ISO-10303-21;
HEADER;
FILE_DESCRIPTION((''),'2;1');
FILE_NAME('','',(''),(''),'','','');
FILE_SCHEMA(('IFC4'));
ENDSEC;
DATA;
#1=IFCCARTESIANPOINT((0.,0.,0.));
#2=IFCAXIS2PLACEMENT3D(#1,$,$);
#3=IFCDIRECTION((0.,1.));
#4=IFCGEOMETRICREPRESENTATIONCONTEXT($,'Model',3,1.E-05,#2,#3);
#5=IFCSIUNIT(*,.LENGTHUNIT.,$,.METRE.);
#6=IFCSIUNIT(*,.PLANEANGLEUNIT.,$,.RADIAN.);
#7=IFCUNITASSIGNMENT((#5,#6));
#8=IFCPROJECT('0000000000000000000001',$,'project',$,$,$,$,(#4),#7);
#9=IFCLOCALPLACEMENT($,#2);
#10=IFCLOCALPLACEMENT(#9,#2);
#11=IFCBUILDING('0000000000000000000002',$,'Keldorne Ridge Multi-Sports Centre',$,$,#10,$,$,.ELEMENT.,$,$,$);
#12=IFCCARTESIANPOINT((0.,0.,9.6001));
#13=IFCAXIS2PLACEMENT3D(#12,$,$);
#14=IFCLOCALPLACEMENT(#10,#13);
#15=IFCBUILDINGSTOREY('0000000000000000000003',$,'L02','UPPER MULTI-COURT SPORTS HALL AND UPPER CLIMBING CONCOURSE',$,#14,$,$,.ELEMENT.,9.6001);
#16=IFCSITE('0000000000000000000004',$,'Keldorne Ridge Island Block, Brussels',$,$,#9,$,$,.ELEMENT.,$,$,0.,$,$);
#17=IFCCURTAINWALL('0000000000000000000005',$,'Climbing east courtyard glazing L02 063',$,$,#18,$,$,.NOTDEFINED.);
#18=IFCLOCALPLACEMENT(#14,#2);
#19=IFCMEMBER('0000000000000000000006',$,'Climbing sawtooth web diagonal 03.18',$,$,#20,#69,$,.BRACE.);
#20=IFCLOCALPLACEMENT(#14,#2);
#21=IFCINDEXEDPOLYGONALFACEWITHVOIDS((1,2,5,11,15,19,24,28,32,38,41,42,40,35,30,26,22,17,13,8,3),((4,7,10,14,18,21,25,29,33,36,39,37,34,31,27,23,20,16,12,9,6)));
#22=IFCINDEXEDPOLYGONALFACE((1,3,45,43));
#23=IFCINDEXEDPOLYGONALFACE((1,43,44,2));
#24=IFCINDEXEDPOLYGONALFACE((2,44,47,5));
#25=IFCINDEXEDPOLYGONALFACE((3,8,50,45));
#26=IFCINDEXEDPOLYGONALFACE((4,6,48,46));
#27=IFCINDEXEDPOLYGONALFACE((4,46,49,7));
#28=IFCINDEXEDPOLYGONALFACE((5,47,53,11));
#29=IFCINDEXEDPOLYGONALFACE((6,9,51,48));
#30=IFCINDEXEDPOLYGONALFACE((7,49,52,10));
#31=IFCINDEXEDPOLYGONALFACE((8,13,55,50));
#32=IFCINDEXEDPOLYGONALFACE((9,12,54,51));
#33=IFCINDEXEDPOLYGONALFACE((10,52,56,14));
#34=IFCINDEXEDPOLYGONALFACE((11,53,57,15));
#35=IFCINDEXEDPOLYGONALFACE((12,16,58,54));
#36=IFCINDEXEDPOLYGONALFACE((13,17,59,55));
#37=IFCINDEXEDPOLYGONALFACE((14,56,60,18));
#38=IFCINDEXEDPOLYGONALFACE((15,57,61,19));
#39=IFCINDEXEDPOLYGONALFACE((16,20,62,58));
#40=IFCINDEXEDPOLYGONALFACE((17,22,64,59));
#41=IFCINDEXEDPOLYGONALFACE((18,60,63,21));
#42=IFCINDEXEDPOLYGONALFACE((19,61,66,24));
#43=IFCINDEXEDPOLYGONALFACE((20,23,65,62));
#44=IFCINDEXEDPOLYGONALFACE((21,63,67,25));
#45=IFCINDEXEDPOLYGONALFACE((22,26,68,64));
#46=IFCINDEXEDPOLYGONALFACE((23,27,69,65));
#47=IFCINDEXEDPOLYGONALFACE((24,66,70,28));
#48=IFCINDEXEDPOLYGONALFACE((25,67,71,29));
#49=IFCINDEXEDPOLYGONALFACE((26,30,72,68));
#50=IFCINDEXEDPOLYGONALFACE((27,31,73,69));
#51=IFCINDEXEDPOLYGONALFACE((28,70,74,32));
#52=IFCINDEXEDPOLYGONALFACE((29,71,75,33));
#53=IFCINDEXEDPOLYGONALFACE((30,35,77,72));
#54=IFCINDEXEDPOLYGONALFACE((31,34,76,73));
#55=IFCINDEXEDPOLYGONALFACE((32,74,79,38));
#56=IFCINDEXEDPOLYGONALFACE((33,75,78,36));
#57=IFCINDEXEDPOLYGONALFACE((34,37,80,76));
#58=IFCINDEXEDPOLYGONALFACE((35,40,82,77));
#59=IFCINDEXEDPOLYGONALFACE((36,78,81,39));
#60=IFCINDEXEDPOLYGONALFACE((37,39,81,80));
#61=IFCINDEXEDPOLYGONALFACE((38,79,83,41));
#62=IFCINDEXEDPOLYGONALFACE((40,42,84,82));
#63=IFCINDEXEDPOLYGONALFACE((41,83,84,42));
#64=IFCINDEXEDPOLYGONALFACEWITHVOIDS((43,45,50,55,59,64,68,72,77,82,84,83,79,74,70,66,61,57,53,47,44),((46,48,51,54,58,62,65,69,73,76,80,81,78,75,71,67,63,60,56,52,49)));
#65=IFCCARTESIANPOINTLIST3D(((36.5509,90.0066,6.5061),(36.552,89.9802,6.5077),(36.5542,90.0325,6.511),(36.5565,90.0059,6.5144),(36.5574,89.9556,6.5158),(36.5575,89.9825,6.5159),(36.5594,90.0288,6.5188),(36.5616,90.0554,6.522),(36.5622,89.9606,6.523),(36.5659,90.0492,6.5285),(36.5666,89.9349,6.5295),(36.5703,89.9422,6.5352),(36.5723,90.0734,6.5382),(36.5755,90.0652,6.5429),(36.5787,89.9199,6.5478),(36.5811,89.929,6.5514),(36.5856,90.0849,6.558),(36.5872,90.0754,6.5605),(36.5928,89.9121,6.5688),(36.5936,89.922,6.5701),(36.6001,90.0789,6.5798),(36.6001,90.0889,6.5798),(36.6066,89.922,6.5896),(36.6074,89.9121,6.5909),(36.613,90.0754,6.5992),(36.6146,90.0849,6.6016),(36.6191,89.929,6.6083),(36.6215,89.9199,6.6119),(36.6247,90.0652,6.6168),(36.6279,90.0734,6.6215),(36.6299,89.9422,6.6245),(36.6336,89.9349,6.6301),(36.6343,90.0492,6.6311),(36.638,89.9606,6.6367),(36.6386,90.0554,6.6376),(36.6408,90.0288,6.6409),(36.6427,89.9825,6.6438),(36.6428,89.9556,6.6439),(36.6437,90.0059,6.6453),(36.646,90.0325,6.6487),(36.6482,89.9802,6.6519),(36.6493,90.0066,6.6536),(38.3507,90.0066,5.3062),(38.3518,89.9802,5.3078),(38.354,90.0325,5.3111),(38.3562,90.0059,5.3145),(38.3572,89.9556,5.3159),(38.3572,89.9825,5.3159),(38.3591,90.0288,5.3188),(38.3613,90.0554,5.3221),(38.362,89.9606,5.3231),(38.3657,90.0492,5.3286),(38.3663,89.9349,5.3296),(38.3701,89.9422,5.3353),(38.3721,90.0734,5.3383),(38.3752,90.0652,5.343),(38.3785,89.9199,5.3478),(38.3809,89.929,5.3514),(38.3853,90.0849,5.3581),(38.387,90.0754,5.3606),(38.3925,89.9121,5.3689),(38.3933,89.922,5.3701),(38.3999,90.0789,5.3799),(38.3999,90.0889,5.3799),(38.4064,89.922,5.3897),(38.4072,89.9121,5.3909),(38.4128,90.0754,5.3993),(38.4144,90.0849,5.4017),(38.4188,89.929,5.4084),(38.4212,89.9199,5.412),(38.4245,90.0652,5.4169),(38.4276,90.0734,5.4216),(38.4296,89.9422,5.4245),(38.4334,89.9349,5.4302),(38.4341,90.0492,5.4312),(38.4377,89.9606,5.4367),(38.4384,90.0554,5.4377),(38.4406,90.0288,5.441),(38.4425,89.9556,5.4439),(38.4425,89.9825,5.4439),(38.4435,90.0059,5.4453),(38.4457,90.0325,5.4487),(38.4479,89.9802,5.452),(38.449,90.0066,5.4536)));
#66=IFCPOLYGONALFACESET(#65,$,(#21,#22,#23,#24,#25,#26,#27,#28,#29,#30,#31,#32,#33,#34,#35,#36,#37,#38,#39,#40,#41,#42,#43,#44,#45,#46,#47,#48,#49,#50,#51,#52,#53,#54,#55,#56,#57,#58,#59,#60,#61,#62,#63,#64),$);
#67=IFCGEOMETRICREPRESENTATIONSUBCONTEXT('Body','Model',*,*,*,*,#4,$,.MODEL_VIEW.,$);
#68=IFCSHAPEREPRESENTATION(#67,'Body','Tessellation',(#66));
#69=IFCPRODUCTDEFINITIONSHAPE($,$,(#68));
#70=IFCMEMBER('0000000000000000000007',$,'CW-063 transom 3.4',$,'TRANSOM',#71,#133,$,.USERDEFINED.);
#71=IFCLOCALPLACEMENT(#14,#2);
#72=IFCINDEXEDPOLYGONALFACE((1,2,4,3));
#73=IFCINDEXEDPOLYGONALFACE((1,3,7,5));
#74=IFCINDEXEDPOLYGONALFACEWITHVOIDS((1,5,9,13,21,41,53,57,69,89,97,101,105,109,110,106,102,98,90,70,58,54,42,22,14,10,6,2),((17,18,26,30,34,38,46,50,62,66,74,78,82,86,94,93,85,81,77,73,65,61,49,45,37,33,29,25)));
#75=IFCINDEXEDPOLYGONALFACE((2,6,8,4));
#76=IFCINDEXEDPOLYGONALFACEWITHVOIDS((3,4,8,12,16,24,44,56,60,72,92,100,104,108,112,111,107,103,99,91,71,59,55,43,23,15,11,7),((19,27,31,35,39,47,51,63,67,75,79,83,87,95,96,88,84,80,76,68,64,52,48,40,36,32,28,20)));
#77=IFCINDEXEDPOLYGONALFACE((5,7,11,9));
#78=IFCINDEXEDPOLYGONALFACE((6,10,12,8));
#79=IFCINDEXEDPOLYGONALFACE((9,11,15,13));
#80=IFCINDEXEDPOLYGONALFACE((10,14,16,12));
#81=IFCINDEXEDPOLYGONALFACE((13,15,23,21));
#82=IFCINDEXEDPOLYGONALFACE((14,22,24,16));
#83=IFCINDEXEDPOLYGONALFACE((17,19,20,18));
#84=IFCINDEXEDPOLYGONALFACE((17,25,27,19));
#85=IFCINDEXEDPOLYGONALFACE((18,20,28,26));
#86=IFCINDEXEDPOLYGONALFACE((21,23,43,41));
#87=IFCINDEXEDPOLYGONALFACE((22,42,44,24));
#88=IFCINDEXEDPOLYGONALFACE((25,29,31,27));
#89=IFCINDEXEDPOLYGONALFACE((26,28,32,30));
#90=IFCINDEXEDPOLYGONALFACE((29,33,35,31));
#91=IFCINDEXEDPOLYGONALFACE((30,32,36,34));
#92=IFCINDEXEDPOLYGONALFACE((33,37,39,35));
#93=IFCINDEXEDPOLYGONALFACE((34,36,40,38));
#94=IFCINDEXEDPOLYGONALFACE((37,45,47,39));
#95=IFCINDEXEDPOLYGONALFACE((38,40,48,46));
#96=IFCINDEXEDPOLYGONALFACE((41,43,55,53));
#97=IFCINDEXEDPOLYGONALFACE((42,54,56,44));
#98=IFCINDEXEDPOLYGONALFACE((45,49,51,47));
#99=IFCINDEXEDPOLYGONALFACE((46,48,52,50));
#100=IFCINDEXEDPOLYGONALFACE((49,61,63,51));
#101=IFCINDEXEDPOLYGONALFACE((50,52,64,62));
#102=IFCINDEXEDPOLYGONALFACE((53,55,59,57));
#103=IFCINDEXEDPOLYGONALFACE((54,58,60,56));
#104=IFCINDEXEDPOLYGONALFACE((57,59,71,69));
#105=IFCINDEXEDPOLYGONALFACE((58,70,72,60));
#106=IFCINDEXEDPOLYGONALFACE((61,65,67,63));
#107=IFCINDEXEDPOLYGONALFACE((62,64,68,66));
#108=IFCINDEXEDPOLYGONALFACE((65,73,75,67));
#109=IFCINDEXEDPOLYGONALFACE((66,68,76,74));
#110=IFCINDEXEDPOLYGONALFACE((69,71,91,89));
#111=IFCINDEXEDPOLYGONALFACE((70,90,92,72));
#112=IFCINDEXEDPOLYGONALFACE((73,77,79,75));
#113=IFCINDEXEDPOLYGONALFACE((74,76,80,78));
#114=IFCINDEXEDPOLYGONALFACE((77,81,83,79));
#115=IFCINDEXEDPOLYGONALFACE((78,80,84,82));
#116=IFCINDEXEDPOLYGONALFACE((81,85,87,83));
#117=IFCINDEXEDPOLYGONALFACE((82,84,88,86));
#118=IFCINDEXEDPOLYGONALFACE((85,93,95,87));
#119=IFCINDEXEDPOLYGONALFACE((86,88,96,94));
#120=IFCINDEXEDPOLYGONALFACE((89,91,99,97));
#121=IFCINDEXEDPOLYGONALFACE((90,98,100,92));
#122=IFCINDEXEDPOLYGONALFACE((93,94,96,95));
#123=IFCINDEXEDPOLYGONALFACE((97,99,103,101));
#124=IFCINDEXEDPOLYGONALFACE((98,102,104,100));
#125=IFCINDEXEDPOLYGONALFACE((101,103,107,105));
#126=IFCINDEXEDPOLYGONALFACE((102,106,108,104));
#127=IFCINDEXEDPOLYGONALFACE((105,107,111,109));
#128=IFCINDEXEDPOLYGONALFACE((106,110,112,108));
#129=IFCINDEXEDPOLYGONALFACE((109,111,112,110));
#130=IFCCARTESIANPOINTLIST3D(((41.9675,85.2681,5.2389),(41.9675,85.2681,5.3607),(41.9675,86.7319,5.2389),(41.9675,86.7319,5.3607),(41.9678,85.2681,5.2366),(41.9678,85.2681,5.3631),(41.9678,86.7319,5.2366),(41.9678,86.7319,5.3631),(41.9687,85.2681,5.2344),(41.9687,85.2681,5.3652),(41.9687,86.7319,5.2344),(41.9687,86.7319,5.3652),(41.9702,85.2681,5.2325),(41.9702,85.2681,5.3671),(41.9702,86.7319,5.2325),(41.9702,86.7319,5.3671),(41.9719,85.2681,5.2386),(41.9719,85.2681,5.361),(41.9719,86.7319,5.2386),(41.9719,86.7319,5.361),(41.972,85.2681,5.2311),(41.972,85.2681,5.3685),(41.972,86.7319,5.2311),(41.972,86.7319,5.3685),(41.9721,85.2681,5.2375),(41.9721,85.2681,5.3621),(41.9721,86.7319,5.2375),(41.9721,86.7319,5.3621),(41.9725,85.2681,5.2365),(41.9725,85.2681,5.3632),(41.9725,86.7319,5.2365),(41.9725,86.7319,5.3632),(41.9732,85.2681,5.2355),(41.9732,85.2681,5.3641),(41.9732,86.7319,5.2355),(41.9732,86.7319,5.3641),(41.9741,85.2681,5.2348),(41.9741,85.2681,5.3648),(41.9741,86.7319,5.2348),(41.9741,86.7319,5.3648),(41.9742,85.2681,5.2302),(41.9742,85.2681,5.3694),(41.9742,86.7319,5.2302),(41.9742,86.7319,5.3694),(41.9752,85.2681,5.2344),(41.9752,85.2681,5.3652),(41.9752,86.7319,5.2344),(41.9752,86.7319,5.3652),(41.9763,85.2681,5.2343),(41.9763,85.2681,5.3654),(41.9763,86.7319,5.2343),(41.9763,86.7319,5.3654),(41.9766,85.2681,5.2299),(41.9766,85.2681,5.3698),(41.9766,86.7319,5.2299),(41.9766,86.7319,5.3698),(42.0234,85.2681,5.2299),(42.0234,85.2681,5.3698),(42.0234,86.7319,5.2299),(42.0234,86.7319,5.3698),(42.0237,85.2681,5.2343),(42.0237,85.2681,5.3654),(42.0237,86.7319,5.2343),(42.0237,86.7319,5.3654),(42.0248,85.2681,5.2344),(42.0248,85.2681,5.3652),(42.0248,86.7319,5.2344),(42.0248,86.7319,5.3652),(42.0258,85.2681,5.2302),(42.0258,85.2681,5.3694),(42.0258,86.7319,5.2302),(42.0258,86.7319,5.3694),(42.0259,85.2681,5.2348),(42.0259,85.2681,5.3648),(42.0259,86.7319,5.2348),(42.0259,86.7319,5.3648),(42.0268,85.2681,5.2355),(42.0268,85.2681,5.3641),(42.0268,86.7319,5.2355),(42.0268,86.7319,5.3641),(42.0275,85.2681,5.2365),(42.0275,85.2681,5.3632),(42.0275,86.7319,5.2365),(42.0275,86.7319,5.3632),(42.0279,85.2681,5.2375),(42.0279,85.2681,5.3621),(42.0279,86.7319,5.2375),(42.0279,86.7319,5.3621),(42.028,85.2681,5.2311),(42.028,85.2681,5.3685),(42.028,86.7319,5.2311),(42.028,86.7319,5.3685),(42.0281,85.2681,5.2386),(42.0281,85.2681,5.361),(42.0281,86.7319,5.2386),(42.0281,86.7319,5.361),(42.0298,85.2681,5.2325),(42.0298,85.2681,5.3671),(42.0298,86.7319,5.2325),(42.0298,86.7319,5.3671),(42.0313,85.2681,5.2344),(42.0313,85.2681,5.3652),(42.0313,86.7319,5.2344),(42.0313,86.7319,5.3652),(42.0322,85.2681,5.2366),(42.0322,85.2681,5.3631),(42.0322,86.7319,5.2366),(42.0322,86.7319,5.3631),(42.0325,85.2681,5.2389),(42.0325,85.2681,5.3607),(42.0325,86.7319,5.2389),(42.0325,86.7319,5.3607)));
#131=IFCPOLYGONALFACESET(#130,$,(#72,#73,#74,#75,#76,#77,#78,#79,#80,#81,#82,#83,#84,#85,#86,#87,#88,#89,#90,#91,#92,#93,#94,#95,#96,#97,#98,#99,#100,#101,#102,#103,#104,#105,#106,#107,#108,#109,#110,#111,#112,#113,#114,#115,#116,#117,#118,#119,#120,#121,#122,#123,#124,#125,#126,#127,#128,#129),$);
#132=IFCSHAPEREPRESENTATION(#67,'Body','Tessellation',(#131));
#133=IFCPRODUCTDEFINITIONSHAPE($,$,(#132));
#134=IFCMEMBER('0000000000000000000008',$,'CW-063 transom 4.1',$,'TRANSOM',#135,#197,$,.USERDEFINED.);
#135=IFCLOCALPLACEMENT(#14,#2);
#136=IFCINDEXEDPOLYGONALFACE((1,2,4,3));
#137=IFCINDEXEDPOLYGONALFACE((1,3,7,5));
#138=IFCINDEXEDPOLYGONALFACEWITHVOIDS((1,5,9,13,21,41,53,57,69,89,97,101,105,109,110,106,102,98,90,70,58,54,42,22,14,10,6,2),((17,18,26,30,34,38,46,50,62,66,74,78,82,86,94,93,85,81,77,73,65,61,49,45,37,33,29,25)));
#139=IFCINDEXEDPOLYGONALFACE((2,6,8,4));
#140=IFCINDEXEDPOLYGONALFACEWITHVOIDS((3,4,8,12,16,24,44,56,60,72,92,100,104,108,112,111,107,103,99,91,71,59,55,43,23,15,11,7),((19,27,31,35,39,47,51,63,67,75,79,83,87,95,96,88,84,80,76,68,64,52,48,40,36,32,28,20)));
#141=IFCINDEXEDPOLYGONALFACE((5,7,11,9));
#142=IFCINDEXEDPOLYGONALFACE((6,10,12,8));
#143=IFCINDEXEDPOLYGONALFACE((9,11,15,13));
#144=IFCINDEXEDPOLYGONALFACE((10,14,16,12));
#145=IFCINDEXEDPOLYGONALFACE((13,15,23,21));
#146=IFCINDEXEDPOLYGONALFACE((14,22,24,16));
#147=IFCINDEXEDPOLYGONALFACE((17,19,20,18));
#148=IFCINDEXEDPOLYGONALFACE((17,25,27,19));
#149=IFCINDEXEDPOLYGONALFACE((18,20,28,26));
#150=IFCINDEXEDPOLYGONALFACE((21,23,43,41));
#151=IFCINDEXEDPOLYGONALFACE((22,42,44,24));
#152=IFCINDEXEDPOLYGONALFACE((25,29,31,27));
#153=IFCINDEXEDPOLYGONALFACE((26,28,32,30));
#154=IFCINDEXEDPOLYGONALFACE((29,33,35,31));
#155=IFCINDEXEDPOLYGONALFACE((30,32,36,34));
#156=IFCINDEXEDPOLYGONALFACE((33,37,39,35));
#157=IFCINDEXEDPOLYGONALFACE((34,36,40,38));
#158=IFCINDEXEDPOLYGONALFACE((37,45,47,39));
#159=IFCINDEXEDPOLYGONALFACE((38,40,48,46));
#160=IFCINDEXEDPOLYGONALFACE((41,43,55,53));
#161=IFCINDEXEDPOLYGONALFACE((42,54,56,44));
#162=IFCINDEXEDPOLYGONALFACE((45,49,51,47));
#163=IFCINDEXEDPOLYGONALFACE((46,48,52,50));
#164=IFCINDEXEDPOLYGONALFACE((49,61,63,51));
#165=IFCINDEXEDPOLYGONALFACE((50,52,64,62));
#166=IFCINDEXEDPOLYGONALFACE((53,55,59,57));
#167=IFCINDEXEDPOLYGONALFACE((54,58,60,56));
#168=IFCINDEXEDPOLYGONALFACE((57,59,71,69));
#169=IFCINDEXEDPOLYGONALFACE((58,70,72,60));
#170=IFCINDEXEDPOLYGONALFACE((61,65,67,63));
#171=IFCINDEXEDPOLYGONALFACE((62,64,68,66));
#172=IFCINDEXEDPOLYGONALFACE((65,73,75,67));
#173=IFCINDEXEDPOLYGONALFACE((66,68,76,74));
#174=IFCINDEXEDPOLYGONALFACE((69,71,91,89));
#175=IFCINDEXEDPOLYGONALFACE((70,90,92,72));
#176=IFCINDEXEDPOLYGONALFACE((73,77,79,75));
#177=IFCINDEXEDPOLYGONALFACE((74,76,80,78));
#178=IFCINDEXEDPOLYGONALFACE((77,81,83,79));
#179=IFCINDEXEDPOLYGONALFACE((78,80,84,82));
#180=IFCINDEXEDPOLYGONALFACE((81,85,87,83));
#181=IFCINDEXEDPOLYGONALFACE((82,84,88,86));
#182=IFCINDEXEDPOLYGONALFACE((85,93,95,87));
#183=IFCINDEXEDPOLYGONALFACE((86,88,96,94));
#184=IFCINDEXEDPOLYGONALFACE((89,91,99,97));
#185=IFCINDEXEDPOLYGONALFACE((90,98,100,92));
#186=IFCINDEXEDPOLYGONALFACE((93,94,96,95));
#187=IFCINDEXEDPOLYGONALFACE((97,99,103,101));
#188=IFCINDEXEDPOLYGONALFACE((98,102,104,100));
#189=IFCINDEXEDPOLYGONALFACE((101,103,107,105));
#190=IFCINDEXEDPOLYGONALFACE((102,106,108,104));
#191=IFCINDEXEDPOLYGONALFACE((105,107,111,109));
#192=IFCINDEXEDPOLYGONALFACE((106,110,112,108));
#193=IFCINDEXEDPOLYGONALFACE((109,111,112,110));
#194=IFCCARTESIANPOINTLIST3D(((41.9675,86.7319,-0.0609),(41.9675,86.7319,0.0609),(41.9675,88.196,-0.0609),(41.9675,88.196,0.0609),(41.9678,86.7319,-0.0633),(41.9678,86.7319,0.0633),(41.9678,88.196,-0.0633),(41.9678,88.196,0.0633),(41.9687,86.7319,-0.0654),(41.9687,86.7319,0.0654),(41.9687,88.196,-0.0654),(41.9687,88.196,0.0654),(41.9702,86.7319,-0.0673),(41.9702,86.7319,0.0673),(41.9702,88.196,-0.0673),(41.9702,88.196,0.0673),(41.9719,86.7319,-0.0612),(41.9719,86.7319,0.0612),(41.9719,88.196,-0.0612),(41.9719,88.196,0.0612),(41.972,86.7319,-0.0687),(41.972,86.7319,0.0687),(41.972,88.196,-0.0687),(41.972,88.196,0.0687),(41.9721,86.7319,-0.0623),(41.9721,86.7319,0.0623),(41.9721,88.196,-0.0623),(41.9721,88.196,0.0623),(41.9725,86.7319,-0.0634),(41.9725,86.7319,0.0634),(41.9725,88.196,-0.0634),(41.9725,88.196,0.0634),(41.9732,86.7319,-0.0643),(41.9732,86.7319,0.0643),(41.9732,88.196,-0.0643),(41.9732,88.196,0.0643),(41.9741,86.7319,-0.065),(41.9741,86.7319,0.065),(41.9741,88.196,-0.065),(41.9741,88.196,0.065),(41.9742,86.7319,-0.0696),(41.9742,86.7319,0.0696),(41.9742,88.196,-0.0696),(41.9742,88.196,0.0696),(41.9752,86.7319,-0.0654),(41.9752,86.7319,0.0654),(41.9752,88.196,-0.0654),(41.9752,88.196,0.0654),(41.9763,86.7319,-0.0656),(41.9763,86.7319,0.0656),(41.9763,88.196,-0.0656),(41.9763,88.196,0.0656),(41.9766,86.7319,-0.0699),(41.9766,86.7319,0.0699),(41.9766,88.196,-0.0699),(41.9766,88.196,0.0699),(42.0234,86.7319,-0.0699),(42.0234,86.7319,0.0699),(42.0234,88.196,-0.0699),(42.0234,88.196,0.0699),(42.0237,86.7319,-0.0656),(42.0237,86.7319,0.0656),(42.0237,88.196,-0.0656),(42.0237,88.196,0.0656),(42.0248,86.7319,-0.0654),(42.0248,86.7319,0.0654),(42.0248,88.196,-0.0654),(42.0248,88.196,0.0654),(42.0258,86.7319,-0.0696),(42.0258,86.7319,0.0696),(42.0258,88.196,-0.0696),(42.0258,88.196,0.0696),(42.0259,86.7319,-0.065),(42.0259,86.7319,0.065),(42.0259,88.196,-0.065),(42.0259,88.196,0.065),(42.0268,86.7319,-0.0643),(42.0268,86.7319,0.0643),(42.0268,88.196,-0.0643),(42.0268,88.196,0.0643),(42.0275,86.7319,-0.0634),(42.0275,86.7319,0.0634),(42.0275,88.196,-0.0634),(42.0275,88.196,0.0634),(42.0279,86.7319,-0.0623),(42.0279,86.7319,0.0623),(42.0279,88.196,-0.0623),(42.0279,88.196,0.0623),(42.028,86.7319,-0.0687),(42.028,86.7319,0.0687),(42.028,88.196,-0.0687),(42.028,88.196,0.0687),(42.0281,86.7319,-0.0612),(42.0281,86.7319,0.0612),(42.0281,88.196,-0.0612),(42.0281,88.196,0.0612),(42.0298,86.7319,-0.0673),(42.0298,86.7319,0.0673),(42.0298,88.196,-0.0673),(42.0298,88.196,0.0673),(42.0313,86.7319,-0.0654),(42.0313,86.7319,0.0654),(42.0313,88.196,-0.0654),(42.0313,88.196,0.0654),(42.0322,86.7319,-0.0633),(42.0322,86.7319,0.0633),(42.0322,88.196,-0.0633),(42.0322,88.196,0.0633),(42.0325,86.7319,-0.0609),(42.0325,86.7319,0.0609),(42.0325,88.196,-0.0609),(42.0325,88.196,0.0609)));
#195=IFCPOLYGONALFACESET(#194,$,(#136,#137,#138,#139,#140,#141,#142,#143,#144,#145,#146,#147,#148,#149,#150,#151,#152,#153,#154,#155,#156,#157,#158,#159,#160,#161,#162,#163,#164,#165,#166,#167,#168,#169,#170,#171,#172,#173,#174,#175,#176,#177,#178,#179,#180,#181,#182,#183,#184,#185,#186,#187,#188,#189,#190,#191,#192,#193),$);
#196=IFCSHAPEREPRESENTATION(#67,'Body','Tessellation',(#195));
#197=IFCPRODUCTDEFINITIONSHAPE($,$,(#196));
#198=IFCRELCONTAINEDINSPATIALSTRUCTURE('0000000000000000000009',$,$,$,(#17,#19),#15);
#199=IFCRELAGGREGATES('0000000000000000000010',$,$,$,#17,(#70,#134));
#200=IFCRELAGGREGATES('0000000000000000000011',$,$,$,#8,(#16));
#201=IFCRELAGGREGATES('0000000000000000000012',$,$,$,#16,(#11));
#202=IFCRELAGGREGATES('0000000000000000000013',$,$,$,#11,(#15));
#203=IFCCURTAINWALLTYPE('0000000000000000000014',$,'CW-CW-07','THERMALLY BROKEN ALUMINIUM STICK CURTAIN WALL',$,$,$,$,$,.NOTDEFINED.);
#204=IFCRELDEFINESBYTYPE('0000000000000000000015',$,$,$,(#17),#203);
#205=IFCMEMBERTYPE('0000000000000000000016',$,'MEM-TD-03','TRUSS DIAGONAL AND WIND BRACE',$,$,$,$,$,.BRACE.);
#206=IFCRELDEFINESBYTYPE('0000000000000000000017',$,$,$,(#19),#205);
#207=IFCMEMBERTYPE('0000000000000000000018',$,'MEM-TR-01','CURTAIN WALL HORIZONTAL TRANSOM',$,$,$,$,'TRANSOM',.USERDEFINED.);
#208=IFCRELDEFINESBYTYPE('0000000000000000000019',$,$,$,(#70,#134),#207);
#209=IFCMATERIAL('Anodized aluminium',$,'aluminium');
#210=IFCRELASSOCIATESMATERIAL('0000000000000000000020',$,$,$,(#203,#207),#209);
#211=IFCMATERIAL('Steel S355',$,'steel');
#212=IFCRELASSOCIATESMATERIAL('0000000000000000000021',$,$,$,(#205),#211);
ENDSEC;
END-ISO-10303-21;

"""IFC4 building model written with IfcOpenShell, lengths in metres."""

from ifc_helpers import new_model, si_unit, direction, frame, origin, origin_2d, place, context, subcontext, project, spatial, hollow_rectangle, hollow_circle, extrude, material, material_profile, profile_set, type_object, element, aggregate, save


model = new_model("IFC4")

# Units and contexts
model_context = context("Model", 3, precision=1e-05, world=origin(), true_north=direction((0.0, 1.0)))
body_context = subcontext(model_context, "Body", "Model", "MODEL_VIEW")
ifc_project = project(units=[si_unit("LENGTHUNIT", "METRE"), si_unit("PLANEANGLEUNIT", "RADIAN")], contexts=[model_context])

# Site, building, storey
site_placement = place(None, origin())
site = spatial("IfcSite", under=ifc_project, at=site_placement, Name="Keldorne Ridge Island Block, Brussels", CompositionType="ELEMENT", RefElevation=0.0)
building_placement = place(site_placement, origin())
building = spatial("IfcBuilding", under=site, at=building_placement, Name="Keldorne Ridge Multi-Sports Centre", CompositionType="ELEMENT")
storey_placement = place(building_placement, frame((0.0, 0.0, 9.6001)))
storey = spatial("IfcBuildingStorey", under=building, at=storey_placement, Name="L02", Description="UPPER MULTI-COURT SPORTS HALL AND UPPER CLIMBING CONCOURSE", CompositionType="ELEMENT", Elevation=9.6001)

# Curtain wall
ifc_material_1 = material(Name="Anodized aluminium", Category="aluminium")
curtain_wall_type = type_object("IfcCurtainWallType", Name="CW-CW-07", Description="THERMALLY BROKEN ALUMINIUM STICK CURTAIN WALL", PredefinedType="NOTDEFINED", material=ifc_material_1)
curtain_wall_placement = place(storey_placement, origin())
curtain_wall = element("IfcCurtainWall", 1, at=curtain_wall_placement, inside=storey, type_object=curtain_wall_type, Name="Climbing east courtyard glazing L02 063", PredefinedType="NOTDEFINED")

# Member
ifc_material_2 = material(Name="Steel S355", Category="steel")
ifc_material_profile_1 = material_profile(ifc_material_2, hollow_circle(Radius=0.0889, WallThickness=0.01, at=origin_2d()), Name="CHS 177.8x10")
ifc_profile_set_1 = profile_set([ifc_material_profile_1], Name="Steel S355")
member_type_1 = type_object("IfcMemberType", Name="MEM-TD-03", Description="TRUSS DIAGONAL AND WIND BRACE", PredefinedType="BRACE", material=ifc_profile_set_1)
member_1_placement = place(storey_placement, frame((36.6001, 90.0, 6.5798), z_axis=(0.832033, 0.0, -0.554726), x_axis=(0.0, 1.0, 0.0)))
element("IfcMember", 2, at=member_1_placement, inside=storey, type_object=member_type_1, Name="Climbing sawtooth web diagonal 03.18", PredefinedType="BRACE", context=body_context, shape_type="SweptSolid", body=[
    extrude(hollow_circle(Radius=0.0889, WallThickness=0.01, at=origin_2d()), origin(), (0.0, 0.0, 1.0), 2.1631),
])

# Members
ifc_material_profile_2 = material_profile(ifc_material_1, hollow_rectangle(XDim=0.0649, YDim=0.1399, WallThickness=0.0044, InnerFilletRadius=0.0044, OuterFilletRadius=0.009, at=origin_2d()), Name="ALU TRANSOM 140x65x4.5")
ifc_profile_set_2 = profile_set([ifc_material_profile_2], Name="Anodized aluminium")
member_type_2 = type_object("IfcMemberType", Name="MEM-TR-01", Description="CURTAIN WALL HORIZONTAL TRANSOM", ElementType="TRANSOM", PredefinedType="USERDEFINED", material=ifc_profile_set_2)
member_2_placement = place(storey_placement, frame((42.0, 85.2681, 5.2998), z_axis=(0.0, 1.0, 0.0), x_axis=(-1.0, 0.0, 0.0)))
member_2 = element("IfcMember", 3, at=member_2_placement, type_object=member_type_2, Name="CW-063 transom 3.4", ObjectType="TRANSOM", PredefinedType="USERDEFINED", context=body_context, shape_type="SweptSolid", body=[
    extrude(hollow_rectangle(XDim=0.0649, YDim=0.1399, WallThickness=0.0044, InnerFilletRadius=0.0044, OuterFilletRadius=0.009, at=origin_2d()), origin(), (0.0, 0.0, 1.0), 1.4639),
])
member_3_placement = place(storey_placement, frame((42.0, 86.7319, 0.0), z_axis=(0.0, 1.0, 0.0), x_axis=(-1.0, 0.0, 0.0)))
member_3 = element("IfcMember", 4, at=member_3_placement, type_object=member_type_2, Name="CW-063 transom 4.1", ObjectType="TRANSOM", PredefinedType="USERDEFINED", context=body_context, shape_type="SweptSolid", body=[
    extrude(hollow_rectangle(XDim=0.0649, YDim=0.1399, WallThickness=0.0044, InnerFilletRadius=0.0044, OuterFilletRadius=0.009, at=origin_2d()), origin(), (0.0, 0.0, 1.0), 1.4641),
])

aggregate(curtain_wall, [member_2, member_3])

save(model, "model.ifc")
